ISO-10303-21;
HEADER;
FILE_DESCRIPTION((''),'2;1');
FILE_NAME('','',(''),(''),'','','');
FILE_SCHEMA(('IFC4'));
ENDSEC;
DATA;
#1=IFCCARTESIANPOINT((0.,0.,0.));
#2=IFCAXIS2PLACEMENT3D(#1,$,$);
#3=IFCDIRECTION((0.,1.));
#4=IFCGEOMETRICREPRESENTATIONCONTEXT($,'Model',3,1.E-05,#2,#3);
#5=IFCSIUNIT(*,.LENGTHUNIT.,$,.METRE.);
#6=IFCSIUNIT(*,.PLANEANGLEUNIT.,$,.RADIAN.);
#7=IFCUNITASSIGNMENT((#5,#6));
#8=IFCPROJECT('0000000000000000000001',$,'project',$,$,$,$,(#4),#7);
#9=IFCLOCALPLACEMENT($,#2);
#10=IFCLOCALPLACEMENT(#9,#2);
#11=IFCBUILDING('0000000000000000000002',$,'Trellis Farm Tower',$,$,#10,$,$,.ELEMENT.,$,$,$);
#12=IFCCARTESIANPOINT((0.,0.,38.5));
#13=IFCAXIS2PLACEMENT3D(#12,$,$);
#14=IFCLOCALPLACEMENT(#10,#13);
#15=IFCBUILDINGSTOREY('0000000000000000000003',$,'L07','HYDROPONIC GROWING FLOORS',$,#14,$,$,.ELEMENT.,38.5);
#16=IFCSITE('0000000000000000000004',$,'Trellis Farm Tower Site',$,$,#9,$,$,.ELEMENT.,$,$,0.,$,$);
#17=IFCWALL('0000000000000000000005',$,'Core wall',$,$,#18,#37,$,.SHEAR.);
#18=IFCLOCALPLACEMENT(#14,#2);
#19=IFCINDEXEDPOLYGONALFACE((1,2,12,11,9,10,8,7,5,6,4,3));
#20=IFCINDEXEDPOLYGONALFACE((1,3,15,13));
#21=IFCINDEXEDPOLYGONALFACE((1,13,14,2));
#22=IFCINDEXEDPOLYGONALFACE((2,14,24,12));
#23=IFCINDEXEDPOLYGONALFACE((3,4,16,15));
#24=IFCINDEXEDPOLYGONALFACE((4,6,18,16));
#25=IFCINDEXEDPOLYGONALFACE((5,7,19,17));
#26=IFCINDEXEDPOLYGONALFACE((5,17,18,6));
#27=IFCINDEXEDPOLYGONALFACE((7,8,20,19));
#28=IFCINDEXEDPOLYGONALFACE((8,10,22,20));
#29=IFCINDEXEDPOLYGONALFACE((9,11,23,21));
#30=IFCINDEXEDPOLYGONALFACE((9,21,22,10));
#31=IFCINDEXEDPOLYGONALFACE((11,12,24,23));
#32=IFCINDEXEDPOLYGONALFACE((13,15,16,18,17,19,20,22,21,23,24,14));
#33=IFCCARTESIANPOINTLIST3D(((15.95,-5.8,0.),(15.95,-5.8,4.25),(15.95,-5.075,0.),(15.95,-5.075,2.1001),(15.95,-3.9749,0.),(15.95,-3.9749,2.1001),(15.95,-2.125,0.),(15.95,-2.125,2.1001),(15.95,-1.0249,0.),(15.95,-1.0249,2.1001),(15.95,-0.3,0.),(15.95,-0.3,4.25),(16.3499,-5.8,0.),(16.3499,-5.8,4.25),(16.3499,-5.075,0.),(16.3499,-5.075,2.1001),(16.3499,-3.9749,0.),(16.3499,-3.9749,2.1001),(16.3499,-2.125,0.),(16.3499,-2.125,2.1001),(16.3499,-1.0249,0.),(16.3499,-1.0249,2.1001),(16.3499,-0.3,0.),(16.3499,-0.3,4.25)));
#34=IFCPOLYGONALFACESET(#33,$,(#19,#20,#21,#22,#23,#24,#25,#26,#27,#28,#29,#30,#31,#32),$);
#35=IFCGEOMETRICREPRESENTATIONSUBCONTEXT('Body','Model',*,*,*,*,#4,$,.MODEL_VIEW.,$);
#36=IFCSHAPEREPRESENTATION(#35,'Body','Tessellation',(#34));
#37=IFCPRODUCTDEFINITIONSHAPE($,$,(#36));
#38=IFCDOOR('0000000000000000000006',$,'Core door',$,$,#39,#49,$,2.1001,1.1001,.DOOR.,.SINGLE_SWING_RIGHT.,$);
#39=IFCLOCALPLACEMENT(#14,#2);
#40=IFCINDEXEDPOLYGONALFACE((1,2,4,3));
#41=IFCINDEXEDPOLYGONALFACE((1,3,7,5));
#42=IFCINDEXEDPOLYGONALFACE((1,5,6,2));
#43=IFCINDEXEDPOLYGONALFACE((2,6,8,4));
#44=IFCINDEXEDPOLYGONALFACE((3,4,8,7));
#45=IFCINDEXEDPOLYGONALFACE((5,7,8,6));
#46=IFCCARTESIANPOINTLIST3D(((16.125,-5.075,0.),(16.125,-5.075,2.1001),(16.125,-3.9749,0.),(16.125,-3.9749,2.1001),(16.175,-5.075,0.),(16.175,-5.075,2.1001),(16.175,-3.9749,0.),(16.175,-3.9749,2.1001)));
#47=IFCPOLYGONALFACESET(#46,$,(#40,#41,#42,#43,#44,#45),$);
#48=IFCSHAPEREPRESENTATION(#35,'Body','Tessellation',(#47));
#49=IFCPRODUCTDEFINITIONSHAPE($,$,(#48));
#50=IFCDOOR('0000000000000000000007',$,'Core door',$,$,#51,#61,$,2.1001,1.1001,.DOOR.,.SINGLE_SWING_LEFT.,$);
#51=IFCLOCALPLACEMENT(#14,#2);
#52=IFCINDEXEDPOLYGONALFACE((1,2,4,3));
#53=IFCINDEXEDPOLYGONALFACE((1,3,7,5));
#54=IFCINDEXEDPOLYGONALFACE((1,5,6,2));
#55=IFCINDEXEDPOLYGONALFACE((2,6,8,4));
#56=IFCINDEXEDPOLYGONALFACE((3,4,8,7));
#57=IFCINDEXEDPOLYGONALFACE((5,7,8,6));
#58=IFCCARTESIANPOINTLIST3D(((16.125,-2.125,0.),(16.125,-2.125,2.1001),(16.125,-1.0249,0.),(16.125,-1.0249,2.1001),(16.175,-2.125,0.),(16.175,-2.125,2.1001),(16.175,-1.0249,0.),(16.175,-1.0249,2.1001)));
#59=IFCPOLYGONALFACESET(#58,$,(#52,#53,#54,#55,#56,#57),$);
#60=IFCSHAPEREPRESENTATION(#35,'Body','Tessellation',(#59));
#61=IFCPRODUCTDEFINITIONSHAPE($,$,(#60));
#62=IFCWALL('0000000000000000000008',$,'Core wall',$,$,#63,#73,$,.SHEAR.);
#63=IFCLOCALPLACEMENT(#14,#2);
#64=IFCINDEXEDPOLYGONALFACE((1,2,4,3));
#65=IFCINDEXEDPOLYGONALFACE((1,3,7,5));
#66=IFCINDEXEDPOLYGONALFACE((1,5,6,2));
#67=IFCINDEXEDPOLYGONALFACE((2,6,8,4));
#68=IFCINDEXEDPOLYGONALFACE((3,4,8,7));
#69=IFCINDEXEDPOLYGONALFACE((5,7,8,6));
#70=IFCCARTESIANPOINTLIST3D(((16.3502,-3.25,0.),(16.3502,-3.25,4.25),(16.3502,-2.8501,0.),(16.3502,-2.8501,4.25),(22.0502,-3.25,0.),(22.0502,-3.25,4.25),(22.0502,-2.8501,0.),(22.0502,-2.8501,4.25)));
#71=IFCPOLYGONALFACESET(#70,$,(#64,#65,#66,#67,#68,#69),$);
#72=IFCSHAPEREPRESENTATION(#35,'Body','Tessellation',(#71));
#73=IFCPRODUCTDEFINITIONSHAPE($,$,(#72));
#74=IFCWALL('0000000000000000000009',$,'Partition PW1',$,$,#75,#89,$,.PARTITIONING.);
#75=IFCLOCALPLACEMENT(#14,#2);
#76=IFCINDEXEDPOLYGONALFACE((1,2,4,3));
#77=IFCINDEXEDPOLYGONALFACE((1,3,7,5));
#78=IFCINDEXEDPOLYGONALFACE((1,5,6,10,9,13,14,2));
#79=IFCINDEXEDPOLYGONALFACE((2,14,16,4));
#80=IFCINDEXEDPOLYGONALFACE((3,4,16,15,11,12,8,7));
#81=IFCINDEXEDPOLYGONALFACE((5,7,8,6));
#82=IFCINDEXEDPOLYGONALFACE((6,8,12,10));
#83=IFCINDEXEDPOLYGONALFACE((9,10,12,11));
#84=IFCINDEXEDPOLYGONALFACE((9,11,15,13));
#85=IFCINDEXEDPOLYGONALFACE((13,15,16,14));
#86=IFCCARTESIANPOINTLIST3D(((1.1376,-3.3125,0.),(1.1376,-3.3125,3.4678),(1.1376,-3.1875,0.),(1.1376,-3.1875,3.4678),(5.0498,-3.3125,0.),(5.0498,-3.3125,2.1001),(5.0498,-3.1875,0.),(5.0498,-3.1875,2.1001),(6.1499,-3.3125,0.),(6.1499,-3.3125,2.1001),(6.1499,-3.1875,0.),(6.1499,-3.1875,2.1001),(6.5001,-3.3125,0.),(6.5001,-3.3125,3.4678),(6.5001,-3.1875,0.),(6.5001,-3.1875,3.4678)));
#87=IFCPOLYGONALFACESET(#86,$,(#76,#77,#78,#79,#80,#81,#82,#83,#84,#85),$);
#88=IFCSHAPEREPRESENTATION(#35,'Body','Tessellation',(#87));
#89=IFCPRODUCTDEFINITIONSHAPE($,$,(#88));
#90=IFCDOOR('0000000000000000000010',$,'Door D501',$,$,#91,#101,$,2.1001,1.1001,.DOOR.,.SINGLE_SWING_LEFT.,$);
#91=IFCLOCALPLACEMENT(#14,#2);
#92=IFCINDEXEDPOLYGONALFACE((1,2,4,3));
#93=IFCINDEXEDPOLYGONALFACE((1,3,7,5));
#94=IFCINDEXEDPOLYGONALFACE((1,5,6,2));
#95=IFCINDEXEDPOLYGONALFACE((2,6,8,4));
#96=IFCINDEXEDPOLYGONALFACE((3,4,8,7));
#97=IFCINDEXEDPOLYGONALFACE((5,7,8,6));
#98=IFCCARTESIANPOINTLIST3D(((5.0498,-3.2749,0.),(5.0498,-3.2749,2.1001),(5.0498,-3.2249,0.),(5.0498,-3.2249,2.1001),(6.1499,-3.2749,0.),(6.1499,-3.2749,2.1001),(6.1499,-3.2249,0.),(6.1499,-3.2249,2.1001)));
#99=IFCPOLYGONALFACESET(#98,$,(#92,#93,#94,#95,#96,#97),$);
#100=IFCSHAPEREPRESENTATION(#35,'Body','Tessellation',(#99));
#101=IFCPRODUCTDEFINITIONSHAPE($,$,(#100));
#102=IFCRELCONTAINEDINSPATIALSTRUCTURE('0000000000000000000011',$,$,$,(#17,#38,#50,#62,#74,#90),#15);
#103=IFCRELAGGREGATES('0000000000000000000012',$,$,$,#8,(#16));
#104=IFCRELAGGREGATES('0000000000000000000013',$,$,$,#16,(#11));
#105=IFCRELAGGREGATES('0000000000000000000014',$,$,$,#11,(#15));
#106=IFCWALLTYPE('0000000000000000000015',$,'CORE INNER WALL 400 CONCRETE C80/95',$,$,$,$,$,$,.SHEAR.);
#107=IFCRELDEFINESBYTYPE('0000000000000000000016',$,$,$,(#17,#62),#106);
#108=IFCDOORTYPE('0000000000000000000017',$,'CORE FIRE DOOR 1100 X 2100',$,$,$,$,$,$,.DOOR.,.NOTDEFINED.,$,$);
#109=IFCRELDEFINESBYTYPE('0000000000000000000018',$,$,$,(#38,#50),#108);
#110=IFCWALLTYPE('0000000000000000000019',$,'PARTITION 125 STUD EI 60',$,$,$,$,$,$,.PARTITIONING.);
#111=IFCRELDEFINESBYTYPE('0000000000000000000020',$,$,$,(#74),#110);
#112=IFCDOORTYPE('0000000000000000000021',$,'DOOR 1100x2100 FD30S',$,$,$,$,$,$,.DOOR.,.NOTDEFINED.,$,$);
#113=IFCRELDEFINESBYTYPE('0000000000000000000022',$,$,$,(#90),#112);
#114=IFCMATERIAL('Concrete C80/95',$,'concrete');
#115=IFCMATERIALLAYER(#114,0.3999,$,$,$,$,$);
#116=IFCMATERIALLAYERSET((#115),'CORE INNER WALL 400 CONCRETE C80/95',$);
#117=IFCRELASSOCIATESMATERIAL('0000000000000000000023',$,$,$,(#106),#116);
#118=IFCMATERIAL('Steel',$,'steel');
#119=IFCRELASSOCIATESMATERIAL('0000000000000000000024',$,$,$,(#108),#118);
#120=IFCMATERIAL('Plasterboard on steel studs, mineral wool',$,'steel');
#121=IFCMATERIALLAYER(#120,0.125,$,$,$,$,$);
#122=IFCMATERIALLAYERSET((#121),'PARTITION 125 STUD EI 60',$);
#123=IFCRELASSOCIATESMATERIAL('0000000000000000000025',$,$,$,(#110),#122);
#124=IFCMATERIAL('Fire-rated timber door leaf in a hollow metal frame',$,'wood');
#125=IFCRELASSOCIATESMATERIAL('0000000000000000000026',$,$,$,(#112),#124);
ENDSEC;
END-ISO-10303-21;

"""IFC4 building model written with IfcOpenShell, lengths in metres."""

from ifc_helpers import new_model, si_unit, direction, frame, frame_2d, origin, place, context, subcontext, project, spatial, rectangle, extrude, source, transform, mapped, material, layer, layer_set, type_object, element, fill, save


model = new_model("IFC4")

# Units and contexts
model_context = context("Model", 3, precision=1e-05, world=origin(), true_north=direction((0.0, 1.0)))
body_context = subcontext(model_context, "Body", "Model", "MODEL_VIEW")
ifc_project = project(units=[si_unit("LENGTHUNIT", "METRE"), si_unit("PLANEANGLEUNIT", "RADIAN")], contexts=[model_context])

# Site, building, storey
site_placement = place(None, origin())
site = spatial("IfcSite", under=ifc_project, at=site_placement, Name="Trellis Farm Tower Site", CompositionType="ELEMENT", RefElevation=0.0)
building_placement = place(site_placement, origin())
building = spatial("IfcBuilding", under=site, at=building_placement, Name="Trellis Farm Tower", CompositionType="ELEMENT")
storey_placement = place(building_placement, frame((0.0, 0.0, 38.5)))
storey = spatial("IfcBuildingStorey", under=building, at=storey_placement, Name="L07", Description="HYDROPONIC GROWING FLOORS", CompositionType="ELEMENT", Elevation=38.5)

# Shared definitions
ifc_material_1 = material(Name="Concrete C80/95", Category="concrete")

# Shared definitions
ifc_material_2 = material(Name="Steel", Category="steel")

# Shared definitions
ifc_layer_1 = layer(ifc_material_1, 0.3999)
ifc_layer_set_1 = layer_set([ifc_layer_1], Name="CORE INNER WALL 400 CONCRETE C80/95")
wall_type_1 = type_object("IfcWallType", Name="CORE INNER WALL 400 CONCRETE C80/95", PredefinedType="SHEAR", material=ifc_layer_set_1)

# Shared definitions
shared_shape_1 = source(origin(), body_context, "Body", "SweptSolid", [
    extrude(rectangle(XDim=1.1001, YDim=2.1001, at=frame_2d((0.55, 1.05))), frame((0.0, 0.21, 0.0), z_axis=(0.0, -1.0, 0.0), x_axis=(1.0, 0.0, 0.0)), (0.0, 0.0, 1.0), 0.4199),
])
shared_shape_2 = source(origin(), body_context, "Body", "SweptSolid", [
    extrude(rectangle(XDim=1.1001, YDim=2.1001, at=frame_2d((0.55, 1.05))), frame((0.0, 0.0249, 0.0), z_axis=(0.0, -1.0, 0.0), x_axis=(1.0, 0.0, 0.0)), (0.0, 0.0, 1.0), 0.05),
])

# Wall, openings, doors
shared_shape_3 = source(origin(), body_context, "Body", "SweptSolid", [
    extrude(rectangle(XDim=5.5, YDim=0.3999, at=frame_2d((2.75, 0.0))), origin(), (0.0, 0.0, 1.0), 4.25),
])
wall_1_placement = place(storey_placement, frame((16.1499, -5.8, 0.0), z_axis=(0.0, 0.0, 1.0), x_axis=(0.0, 1.0, 0.0)))
wall_1 = element("IfcWall", 1, at=wall_1_placement, inside=storey, type_object=wall_type_1, Name="Core wall", PredefinedType="SHEAR", context=body_context, shape_type="MappedRepresentation", body=[
    mapped(shared_shape_3, transform((0.0, 0.0, 0.0))),
])
opening_1_placement = place(wall_1_placement, frame((0.7251, 0.0, 0.0)))
opening_1 = element("IfcOpeningElement", 2, at=opening_1_placement, cuts=wall_1, PredefinedType="OPENING", context=body_context, shape_type="MappedRepresentation", body=[
    mapped(shared_shape_1, transform((0.0, 0.0, 0.0))),
])
opening_2_placement = place(wall_1_placement, frame((3.675, 0.0, 0.0)))
opening_2 = element("IfcOpeningElement", 3, at=opening_2_placement, cuts=wall_1, PredefinedType="OPENING", context=body_context, shape_type="MappedRepresentation", body=[
    mapped(shared_shape_1, transform((0.0, 0.0, 0.0))),
])
door_type_1 = type_object("IfcDoorType", Name="CORE FIRE DOOR 1100 X 2100", OperationType="NOTDEFINED", PredefinedType="DOOR", material=ifc_material_2)
door_1_placement = place(opening_1_placement, origin())
door_1 = element("IfcDoor", 4, at=door_1_placement, inside=storey, type_object=door_type_1, Name="Core door", OperationType="SINGLE_SWING_RIGHT", OverallHeight=2.1001, OverallWidth=1.1001, PredefinedType="DOOR", context=body_context, shape_type="MappedRepresentation", body=[
    mapped(shared_shape_2, transform((0.0, 0.0, 0.0))),
])
fill(opening_1, door_1)
door_2_placement = place(opening_2_placement, origin())
door_2 = element("IfcDoor", 5, at=door_2_placement, inside=storey, type_object=door_type_1, Name="Core door", OperationType="SINGLE_SWING_LEFT", OverallHeight=2.1001, OverallWidth=1.1001, PredefinedType="DOOR", context=body_context, shape_type="MappedRepresentation", body=[
    mapped(shared_shape_2, transform((0.0, 0.0, 0.0))),
])
fill(opening_2, door_2)

# Wall
shared_shape_4 = source(origin(), body_context, "Body", "SweptSolid", [
    extrude(rectangle(XDim=5.7, YDim=0.3999, at=frame_2d((2.8501, 0.0))), origin(), (0.0, 0.0, 1.0), 4.25),
])
wall_2_placement = place(storey_placement, frame((16.3501, -3.05, 0.0), z_axis=(0.0, 0.0, 1.0), x_axis=(1.0, 0.0, 0.0)))
element("IfcWall", 6, at=wall_2_placement, inside=storey, type_object=wall_type_1, Name="Core wall", PredefinedType="SHEAR", context=body_context, shape_type="MappedRepresentation", body=[
    mapped(shared_shape_4, transform((0.0, 0.0, 0.0))),
])

# Wall, opening, door
ifc_material_3 = material(Name="Plasterboard on steel studs, mineral wool", Category="steel")
ifc_layer_2 = layer(ifc_material_3, 0.125)
ifc_layer_set_2 = layer_set([ifc_layer_2], Name="PARTITION 125 STUD EI 60")
wall_type_2 = type_object("IfcWallType", Name="PARTITION 125 STUD EI 60", PredefinedType="PARTITIONING", material=ifc_layer_set_2)
shared_shape_5 = source(origin(), body_context, "Body", "SweptSolid", [
    extrude(rectangle(XDim=5.3625, YDim=0.125, at=frame_2d((2.6812, 0.0))), origin(), (0.0, 0.0, 1.0), 3.4678),
])
wall_3_placement = place(storey_placement, frame((6.5, -3.25, 0.0), z_axis=(0.0, 0.0, 1.0), x_axis=(-1.0, 0.0, 0.0)))
wall_3 = element("IfcWall", 7, at=wall_3_placement, inside=storey, type_object=wall_type_2, Name="Partition PW1", PredefinedType="PARTITIONING", context=body_context, shape_type="MappedRepresentation", body=[
    mapped(shared_shape_5, transform((0.0, 0.0, 0.0))),
])
shared_shape_6 = source(origin(), body_context, "Body", "SweptSolid", [
    extrude(rectangle(XDim=1.1001, YDim=2.1001, at=frame_2d((0.55, 1.05))), frame((0.0, 0.0725, 0.0), z_axis=(0.0, -1.0, 0.0), x_axis=(1.0, 0.0, 0.0)), (0.0, 0.0, 1.0), 0.145),
])
opening_3_placement = place(wall_3_placement, frame((0.3501, 0.0, 0.0)))
opening_3 = element("IfcOpeningElement", 8, at=opening_3_placement, cuts=wall_3, PredefinedType="OPENING", context=body_context, shape_type="MappedRepresentation", body=[
    mapped(shared_shape_6, transform((0.0, 0.0, 0.0))),
])
ifc_material_4 = material(Name="Fire-rated timber door leaf in a hollow metal frame", Category="wood")
door_type_2 = type_object("IfcDoorType", Name="DOOR 1100x2100 FD30S", OperationType="NOTDEFINED", PredefinedType="DOOR", material=ifc_material_4)
door_3_placement = place(opening_3_placement, origin())
door_3 = element("IfcDoor", 9, at=door_3_placement, inside=storey, type_object=door_type_2, Name="Door D501", OperationType="SINGLE_SWING_LEFT", OverallHeight=2.1001, OverallWidth=1.1001, PredefinedType="DOOR", context=body_context, shape_type="MappedRepresentation", body=[
    mapped(shared_shape_2, transform((0.0, 0.0, 0.0))),
])
fill(opening_3, door_3)

save(model, "model.ifc")
